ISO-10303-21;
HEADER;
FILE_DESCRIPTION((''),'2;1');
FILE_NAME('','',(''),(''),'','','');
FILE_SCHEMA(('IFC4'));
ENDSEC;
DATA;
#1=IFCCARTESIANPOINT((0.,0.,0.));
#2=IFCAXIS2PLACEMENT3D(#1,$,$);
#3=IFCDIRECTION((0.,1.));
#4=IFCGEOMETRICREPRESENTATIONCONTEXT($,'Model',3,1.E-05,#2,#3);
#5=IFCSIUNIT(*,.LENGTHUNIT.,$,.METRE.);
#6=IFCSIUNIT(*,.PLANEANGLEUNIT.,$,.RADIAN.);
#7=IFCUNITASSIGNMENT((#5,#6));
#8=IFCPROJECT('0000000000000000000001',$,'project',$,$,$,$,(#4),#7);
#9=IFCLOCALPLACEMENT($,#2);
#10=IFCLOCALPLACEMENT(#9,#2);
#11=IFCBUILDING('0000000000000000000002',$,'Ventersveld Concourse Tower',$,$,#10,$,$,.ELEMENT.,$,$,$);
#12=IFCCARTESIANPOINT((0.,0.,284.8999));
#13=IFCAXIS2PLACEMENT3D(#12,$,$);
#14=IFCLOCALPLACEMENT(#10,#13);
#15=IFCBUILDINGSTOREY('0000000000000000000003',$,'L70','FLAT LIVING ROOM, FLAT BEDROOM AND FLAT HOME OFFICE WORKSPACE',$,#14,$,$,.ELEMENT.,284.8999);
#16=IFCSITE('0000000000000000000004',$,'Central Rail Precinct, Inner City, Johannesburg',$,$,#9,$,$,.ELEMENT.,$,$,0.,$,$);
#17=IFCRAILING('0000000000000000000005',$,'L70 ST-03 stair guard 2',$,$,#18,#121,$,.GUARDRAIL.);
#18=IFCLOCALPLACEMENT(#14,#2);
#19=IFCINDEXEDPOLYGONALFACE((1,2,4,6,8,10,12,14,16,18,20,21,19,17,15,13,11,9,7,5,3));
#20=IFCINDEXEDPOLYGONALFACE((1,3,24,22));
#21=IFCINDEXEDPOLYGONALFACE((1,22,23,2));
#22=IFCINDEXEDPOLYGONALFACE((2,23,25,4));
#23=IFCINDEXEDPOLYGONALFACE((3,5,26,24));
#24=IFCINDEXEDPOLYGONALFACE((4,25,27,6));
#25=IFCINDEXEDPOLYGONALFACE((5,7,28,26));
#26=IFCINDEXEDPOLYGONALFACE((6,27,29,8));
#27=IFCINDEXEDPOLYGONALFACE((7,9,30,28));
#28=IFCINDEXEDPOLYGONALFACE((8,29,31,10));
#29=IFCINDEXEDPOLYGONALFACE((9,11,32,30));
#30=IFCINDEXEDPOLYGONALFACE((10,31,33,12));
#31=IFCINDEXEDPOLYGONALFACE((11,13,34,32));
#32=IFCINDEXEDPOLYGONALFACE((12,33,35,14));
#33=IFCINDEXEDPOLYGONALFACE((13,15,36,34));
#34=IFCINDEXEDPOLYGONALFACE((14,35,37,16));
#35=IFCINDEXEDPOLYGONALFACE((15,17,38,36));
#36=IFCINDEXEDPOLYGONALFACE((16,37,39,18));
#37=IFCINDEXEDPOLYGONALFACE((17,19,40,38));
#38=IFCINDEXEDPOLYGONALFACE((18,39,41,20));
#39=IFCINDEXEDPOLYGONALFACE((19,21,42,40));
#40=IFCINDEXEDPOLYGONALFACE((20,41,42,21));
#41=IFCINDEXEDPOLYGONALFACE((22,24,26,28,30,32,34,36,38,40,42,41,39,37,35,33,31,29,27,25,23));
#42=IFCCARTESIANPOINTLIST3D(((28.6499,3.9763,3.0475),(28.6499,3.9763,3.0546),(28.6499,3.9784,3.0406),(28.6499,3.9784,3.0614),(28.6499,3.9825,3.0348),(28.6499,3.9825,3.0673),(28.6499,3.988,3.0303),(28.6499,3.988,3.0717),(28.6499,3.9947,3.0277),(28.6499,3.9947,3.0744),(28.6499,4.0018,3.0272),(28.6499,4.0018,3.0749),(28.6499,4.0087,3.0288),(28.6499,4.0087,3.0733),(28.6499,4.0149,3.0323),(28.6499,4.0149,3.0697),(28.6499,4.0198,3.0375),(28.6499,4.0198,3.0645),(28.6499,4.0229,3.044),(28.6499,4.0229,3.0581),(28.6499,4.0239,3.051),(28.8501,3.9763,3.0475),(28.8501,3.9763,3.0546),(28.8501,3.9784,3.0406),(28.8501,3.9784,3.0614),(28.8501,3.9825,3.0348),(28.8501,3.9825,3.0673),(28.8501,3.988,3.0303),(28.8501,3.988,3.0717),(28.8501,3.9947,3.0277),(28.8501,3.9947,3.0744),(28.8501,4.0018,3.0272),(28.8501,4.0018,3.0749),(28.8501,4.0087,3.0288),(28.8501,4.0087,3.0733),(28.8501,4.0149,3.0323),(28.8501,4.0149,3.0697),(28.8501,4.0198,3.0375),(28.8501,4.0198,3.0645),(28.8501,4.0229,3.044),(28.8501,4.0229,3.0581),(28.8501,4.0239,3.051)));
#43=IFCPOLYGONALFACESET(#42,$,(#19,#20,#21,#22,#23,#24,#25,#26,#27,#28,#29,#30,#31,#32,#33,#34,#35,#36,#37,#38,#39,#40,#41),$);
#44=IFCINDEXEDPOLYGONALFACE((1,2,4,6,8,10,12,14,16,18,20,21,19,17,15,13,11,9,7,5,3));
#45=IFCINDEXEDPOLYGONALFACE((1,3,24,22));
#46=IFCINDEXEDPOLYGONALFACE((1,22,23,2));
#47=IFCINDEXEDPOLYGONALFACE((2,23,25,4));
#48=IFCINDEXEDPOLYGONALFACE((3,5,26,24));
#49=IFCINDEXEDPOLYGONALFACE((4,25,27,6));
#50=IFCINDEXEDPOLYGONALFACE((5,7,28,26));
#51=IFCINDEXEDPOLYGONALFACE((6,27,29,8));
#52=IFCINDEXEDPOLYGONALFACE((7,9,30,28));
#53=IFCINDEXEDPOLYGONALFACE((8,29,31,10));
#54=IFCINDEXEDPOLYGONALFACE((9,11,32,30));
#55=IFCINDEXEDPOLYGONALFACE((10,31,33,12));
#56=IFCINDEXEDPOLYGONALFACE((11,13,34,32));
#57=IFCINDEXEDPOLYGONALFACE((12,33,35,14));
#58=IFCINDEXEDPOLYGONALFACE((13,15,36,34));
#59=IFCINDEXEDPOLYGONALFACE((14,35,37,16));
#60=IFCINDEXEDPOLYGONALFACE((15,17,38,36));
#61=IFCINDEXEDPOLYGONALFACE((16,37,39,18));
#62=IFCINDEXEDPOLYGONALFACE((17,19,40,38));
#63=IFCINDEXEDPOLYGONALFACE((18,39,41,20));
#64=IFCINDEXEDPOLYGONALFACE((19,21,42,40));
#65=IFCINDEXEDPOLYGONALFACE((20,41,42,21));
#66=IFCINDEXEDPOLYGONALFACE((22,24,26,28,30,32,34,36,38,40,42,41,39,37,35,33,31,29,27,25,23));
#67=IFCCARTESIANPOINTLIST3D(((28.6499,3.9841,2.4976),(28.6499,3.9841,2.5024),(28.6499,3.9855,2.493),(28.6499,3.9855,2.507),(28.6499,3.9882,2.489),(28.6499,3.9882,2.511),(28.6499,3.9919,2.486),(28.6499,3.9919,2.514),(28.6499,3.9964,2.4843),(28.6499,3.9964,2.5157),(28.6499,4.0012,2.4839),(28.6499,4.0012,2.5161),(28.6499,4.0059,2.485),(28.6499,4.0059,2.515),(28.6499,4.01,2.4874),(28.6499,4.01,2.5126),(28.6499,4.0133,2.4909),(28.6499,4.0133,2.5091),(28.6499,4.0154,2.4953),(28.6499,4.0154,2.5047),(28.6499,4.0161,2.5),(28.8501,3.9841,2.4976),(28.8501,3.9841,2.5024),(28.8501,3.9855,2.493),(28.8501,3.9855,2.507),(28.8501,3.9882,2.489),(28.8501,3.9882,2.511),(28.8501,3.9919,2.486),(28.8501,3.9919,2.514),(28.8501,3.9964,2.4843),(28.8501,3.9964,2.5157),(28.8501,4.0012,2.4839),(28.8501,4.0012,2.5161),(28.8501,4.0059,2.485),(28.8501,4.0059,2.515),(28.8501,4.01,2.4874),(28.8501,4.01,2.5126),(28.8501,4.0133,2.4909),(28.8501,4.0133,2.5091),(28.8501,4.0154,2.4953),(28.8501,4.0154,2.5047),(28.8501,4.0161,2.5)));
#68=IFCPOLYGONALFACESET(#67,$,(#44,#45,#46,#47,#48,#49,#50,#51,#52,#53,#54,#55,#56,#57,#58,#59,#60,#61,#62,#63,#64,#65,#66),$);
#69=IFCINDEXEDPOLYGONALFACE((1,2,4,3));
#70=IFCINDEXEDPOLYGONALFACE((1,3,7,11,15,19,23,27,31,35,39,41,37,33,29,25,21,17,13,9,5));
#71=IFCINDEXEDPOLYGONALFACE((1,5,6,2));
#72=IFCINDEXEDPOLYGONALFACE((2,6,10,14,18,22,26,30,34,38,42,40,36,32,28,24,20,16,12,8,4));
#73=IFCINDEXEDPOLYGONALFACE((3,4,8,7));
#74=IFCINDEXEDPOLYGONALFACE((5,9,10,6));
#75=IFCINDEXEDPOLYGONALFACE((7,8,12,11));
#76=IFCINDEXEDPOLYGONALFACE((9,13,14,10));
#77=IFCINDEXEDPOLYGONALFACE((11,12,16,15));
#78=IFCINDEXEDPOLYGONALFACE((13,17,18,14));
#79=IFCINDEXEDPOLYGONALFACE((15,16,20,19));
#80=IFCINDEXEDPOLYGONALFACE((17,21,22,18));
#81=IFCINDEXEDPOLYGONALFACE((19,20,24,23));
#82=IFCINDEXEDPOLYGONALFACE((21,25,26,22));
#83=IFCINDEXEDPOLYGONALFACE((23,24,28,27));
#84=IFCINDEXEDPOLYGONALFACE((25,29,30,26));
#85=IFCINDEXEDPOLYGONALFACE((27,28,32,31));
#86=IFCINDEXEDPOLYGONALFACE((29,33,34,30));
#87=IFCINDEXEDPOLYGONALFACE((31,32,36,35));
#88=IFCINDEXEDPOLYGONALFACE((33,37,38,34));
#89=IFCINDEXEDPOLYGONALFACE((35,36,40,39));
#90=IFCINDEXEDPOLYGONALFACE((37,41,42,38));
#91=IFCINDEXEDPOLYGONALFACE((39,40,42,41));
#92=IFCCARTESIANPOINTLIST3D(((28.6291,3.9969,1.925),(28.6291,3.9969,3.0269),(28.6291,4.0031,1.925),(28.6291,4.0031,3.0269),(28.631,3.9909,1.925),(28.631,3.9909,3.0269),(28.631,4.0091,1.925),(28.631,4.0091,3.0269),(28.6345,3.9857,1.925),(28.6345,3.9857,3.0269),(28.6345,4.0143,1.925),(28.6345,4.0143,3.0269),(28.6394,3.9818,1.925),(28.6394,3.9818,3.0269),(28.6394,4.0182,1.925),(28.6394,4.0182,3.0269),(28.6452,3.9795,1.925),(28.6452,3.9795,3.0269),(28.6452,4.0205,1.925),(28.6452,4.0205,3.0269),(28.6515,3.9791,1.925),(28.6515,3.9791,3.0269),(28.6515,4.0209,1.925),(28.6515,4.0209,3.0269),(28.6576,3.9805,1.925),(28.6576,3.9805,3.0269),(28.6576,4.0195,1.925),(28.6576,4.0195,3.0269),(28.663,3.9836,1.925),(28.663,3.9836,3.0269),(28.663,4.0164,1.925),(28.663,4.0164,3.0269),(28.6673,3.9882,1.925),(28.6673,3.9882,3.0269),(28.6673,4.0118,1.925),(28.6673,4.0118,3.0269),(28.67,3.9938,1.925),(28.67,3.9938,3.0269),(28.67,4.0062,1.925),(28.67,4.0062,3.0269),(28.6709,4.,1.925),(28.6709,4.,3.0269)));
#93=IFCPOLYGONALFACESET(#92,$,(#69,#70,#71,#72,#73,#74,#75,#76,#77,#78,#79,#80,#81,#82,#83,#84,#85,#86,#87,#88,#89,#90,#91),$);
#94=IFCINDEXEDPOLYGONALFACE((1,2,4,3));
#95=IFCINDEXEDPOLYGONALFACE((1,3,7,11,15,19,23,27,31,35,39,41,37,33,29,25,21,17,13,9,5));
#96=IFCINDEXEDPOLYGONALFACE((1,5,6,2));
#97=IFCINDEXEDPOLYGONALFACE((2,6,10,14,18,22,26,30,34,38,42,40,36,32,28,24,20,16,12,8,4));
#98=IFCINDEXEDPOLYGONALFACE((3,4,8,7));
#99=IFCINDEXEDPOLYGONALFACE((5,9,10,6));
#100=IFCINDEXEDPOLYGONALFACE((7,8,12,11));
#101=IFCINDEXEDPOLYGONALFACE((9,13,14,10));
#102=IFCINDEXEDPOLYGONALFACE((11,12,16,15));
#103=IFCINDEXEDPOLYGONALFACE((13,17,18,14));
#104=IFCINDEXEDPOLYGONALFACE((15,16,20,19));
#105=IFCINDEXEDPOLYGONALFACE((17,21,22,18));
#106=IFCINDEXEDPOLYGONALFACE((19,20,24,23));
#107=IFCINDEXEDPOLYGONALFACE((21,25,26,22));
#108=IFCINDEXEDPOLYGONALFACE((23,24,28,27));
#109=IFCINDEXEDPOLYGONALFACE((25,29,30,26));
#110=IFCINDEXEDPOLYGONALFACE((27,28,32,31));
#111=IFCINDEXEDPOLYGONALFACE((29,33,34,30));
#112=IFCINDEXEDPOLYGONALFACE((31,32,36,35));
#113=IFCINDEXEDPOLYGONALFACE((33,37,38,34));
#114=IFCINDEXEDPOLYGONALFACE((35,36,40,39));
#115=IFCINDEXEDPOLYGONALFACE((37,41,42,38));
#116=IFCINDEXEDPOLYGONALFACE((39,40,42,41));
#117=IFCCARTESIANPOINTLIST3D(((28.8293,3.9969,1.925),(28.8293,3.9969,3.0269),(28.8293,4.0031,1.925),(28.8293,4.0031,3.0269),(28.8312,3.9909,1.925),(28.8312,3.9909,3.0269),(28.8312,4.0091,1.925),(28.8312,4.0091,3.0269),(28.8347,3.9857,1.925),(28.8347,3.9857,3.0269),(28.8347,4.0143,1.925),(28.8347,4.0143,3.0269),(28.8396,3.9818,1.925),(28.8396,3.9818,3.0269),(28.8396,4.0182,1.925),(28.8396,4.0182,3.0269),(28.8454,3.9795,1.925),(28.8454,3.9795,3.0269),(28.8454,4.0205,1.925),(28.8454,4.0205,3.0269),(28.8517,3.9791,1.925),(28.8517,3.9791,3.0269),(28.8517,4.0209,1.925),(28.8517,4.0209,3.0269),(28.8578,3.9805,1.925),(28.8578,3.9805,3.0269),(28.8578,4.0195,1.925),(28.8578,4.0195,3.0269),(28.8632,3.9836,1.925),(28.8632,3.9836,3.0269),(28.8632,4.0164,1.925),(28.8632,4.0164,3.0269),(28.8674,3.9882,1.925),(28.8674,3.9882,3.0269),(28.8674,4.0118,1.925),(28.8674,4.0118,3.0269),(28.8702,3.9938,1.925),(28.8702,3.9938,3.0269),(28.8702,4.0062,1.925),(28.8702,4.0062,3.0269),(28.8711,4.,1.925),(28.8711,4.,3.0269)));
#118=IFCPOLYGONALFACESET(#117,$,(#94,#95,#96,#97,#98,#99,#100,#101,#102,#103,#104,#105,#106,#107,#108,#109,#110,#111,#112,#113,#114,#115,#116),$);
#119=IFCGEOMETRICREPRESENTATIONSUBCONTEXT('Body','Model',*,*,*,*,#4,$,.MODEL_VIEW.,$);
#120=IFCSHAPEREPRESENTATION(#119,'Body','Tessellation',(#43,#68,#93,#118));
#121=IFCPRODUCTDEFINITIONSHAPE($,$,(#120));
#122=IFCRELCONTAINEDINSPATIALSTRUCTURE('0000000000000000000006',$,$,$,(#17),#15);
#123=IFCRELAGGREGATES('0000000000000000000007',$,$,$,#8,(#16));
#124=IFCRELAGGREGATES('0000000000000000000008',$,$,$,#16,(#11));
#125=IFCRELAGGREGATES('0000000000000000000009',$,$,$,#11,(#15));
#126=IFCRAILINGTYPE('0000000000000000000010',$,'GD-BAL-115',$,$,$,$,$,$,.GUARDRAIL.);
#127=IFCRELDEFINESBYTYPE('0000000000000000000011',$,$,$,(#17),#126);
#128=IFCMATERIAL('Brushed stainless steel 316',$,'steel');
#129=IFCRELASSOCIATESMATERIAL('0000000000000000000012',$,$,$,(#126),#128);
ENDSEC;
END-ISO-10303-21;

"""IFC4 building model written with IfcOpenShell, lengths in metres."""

from ifc_helpers import new_model, si_unit, direction, frame, origin, origin_2d, place, context, subcontext, project, spatial, circle, extrude, material, type_object, element, save


model = new_model("IFC4")

# Units and contexts
model_context = context("Model", 3, precision=1e-05, world=origin(), true_north=direction((0.0, 1.0)))
body_context = subcontext(model_context, "Body", "Model", "MODEL_VIEW")
ifc_project = project(units=[si_unit("LENGTHUNIT", "METRE"), si_unit("PLANEANGLEUNIT", "RADIAN")], contexts=[model_context])

# Site, building, storey
site_placement = place(None, origin())
site = spatial("IfcSite", under=ifc_project, at=site_placement, Name="Central Rail Precinct, Inner City, Johannesburg", CompositionType="ELEMENT", RefElevation=0.0)
building_placement = place(site_placement, origin())
building = spatial("IfcBuilding", under=site, at=building_placement, Name="Ventersveld Concourse Tower", CompositionType="ELEMENT")
storey_placement = place(building_placement, frame((0.0, 0.0, 284.8999)))
storey = spatial("IfcBuildingStorey", under=building, at=storey_placement, Name="L70", Description="FLAT LIVING ROOM, FLAT BEDROOM AND FLAT HOME OFFICE WORKSPACE", CompositionType="ELEMENT", Elevation=284.8999)

# Shared definitions
ifc_material_1 = material(Name="Brushed stainless steel 316", Category="steel")

# Railing
railing_type_1 = type_object("IfcRailingType", Name="GD-BAL-115", PredefinedType="GUARDRAIL", material=ifc_material_1)
railing_1_placement = place(storey_placement, frame((28.6499, 4.0, 1.925)))
element("IfcRailing", 1, at=railing_1_placement, inside=storey, type_object=railing_type_1, Name="L70 ST-03 stair guard 2", PredefinedType="GUARDRAIL", context=body_context, shape_type="SweptSolid", body=[
    extrude(circle(Radius=0.0239, at=origin_2d()), frame((0.0, 0.0, 1.126), z_axis=(1.0, 0.0, 0.0), x_axis=(0.0, 1.0, 0.0)), (0.0, 0.0, 1.0), 0.2002),
    extrude(circle(Radius=0.0161, at=origin_2d()), frame((0.0, 0.0, 0.575), z_axis=(1.0, 0.0, 0.0), x_axis=(0.0, 1.0, 0.0)), (0.0, 0.0, 1.0), 0.2002),
    extrude(circle(Radius=0.021, at=origin_2d()), origin(), (0.0, 0.0, 1.0), 1.1018),
    extrude(circle(Radius=0.021, at=origin_2d()), frame((0.2002, 0.0, 0.0)), (0.0, 0.0, 1.0), 1.1018),
])

save(model, "model.ifc")
